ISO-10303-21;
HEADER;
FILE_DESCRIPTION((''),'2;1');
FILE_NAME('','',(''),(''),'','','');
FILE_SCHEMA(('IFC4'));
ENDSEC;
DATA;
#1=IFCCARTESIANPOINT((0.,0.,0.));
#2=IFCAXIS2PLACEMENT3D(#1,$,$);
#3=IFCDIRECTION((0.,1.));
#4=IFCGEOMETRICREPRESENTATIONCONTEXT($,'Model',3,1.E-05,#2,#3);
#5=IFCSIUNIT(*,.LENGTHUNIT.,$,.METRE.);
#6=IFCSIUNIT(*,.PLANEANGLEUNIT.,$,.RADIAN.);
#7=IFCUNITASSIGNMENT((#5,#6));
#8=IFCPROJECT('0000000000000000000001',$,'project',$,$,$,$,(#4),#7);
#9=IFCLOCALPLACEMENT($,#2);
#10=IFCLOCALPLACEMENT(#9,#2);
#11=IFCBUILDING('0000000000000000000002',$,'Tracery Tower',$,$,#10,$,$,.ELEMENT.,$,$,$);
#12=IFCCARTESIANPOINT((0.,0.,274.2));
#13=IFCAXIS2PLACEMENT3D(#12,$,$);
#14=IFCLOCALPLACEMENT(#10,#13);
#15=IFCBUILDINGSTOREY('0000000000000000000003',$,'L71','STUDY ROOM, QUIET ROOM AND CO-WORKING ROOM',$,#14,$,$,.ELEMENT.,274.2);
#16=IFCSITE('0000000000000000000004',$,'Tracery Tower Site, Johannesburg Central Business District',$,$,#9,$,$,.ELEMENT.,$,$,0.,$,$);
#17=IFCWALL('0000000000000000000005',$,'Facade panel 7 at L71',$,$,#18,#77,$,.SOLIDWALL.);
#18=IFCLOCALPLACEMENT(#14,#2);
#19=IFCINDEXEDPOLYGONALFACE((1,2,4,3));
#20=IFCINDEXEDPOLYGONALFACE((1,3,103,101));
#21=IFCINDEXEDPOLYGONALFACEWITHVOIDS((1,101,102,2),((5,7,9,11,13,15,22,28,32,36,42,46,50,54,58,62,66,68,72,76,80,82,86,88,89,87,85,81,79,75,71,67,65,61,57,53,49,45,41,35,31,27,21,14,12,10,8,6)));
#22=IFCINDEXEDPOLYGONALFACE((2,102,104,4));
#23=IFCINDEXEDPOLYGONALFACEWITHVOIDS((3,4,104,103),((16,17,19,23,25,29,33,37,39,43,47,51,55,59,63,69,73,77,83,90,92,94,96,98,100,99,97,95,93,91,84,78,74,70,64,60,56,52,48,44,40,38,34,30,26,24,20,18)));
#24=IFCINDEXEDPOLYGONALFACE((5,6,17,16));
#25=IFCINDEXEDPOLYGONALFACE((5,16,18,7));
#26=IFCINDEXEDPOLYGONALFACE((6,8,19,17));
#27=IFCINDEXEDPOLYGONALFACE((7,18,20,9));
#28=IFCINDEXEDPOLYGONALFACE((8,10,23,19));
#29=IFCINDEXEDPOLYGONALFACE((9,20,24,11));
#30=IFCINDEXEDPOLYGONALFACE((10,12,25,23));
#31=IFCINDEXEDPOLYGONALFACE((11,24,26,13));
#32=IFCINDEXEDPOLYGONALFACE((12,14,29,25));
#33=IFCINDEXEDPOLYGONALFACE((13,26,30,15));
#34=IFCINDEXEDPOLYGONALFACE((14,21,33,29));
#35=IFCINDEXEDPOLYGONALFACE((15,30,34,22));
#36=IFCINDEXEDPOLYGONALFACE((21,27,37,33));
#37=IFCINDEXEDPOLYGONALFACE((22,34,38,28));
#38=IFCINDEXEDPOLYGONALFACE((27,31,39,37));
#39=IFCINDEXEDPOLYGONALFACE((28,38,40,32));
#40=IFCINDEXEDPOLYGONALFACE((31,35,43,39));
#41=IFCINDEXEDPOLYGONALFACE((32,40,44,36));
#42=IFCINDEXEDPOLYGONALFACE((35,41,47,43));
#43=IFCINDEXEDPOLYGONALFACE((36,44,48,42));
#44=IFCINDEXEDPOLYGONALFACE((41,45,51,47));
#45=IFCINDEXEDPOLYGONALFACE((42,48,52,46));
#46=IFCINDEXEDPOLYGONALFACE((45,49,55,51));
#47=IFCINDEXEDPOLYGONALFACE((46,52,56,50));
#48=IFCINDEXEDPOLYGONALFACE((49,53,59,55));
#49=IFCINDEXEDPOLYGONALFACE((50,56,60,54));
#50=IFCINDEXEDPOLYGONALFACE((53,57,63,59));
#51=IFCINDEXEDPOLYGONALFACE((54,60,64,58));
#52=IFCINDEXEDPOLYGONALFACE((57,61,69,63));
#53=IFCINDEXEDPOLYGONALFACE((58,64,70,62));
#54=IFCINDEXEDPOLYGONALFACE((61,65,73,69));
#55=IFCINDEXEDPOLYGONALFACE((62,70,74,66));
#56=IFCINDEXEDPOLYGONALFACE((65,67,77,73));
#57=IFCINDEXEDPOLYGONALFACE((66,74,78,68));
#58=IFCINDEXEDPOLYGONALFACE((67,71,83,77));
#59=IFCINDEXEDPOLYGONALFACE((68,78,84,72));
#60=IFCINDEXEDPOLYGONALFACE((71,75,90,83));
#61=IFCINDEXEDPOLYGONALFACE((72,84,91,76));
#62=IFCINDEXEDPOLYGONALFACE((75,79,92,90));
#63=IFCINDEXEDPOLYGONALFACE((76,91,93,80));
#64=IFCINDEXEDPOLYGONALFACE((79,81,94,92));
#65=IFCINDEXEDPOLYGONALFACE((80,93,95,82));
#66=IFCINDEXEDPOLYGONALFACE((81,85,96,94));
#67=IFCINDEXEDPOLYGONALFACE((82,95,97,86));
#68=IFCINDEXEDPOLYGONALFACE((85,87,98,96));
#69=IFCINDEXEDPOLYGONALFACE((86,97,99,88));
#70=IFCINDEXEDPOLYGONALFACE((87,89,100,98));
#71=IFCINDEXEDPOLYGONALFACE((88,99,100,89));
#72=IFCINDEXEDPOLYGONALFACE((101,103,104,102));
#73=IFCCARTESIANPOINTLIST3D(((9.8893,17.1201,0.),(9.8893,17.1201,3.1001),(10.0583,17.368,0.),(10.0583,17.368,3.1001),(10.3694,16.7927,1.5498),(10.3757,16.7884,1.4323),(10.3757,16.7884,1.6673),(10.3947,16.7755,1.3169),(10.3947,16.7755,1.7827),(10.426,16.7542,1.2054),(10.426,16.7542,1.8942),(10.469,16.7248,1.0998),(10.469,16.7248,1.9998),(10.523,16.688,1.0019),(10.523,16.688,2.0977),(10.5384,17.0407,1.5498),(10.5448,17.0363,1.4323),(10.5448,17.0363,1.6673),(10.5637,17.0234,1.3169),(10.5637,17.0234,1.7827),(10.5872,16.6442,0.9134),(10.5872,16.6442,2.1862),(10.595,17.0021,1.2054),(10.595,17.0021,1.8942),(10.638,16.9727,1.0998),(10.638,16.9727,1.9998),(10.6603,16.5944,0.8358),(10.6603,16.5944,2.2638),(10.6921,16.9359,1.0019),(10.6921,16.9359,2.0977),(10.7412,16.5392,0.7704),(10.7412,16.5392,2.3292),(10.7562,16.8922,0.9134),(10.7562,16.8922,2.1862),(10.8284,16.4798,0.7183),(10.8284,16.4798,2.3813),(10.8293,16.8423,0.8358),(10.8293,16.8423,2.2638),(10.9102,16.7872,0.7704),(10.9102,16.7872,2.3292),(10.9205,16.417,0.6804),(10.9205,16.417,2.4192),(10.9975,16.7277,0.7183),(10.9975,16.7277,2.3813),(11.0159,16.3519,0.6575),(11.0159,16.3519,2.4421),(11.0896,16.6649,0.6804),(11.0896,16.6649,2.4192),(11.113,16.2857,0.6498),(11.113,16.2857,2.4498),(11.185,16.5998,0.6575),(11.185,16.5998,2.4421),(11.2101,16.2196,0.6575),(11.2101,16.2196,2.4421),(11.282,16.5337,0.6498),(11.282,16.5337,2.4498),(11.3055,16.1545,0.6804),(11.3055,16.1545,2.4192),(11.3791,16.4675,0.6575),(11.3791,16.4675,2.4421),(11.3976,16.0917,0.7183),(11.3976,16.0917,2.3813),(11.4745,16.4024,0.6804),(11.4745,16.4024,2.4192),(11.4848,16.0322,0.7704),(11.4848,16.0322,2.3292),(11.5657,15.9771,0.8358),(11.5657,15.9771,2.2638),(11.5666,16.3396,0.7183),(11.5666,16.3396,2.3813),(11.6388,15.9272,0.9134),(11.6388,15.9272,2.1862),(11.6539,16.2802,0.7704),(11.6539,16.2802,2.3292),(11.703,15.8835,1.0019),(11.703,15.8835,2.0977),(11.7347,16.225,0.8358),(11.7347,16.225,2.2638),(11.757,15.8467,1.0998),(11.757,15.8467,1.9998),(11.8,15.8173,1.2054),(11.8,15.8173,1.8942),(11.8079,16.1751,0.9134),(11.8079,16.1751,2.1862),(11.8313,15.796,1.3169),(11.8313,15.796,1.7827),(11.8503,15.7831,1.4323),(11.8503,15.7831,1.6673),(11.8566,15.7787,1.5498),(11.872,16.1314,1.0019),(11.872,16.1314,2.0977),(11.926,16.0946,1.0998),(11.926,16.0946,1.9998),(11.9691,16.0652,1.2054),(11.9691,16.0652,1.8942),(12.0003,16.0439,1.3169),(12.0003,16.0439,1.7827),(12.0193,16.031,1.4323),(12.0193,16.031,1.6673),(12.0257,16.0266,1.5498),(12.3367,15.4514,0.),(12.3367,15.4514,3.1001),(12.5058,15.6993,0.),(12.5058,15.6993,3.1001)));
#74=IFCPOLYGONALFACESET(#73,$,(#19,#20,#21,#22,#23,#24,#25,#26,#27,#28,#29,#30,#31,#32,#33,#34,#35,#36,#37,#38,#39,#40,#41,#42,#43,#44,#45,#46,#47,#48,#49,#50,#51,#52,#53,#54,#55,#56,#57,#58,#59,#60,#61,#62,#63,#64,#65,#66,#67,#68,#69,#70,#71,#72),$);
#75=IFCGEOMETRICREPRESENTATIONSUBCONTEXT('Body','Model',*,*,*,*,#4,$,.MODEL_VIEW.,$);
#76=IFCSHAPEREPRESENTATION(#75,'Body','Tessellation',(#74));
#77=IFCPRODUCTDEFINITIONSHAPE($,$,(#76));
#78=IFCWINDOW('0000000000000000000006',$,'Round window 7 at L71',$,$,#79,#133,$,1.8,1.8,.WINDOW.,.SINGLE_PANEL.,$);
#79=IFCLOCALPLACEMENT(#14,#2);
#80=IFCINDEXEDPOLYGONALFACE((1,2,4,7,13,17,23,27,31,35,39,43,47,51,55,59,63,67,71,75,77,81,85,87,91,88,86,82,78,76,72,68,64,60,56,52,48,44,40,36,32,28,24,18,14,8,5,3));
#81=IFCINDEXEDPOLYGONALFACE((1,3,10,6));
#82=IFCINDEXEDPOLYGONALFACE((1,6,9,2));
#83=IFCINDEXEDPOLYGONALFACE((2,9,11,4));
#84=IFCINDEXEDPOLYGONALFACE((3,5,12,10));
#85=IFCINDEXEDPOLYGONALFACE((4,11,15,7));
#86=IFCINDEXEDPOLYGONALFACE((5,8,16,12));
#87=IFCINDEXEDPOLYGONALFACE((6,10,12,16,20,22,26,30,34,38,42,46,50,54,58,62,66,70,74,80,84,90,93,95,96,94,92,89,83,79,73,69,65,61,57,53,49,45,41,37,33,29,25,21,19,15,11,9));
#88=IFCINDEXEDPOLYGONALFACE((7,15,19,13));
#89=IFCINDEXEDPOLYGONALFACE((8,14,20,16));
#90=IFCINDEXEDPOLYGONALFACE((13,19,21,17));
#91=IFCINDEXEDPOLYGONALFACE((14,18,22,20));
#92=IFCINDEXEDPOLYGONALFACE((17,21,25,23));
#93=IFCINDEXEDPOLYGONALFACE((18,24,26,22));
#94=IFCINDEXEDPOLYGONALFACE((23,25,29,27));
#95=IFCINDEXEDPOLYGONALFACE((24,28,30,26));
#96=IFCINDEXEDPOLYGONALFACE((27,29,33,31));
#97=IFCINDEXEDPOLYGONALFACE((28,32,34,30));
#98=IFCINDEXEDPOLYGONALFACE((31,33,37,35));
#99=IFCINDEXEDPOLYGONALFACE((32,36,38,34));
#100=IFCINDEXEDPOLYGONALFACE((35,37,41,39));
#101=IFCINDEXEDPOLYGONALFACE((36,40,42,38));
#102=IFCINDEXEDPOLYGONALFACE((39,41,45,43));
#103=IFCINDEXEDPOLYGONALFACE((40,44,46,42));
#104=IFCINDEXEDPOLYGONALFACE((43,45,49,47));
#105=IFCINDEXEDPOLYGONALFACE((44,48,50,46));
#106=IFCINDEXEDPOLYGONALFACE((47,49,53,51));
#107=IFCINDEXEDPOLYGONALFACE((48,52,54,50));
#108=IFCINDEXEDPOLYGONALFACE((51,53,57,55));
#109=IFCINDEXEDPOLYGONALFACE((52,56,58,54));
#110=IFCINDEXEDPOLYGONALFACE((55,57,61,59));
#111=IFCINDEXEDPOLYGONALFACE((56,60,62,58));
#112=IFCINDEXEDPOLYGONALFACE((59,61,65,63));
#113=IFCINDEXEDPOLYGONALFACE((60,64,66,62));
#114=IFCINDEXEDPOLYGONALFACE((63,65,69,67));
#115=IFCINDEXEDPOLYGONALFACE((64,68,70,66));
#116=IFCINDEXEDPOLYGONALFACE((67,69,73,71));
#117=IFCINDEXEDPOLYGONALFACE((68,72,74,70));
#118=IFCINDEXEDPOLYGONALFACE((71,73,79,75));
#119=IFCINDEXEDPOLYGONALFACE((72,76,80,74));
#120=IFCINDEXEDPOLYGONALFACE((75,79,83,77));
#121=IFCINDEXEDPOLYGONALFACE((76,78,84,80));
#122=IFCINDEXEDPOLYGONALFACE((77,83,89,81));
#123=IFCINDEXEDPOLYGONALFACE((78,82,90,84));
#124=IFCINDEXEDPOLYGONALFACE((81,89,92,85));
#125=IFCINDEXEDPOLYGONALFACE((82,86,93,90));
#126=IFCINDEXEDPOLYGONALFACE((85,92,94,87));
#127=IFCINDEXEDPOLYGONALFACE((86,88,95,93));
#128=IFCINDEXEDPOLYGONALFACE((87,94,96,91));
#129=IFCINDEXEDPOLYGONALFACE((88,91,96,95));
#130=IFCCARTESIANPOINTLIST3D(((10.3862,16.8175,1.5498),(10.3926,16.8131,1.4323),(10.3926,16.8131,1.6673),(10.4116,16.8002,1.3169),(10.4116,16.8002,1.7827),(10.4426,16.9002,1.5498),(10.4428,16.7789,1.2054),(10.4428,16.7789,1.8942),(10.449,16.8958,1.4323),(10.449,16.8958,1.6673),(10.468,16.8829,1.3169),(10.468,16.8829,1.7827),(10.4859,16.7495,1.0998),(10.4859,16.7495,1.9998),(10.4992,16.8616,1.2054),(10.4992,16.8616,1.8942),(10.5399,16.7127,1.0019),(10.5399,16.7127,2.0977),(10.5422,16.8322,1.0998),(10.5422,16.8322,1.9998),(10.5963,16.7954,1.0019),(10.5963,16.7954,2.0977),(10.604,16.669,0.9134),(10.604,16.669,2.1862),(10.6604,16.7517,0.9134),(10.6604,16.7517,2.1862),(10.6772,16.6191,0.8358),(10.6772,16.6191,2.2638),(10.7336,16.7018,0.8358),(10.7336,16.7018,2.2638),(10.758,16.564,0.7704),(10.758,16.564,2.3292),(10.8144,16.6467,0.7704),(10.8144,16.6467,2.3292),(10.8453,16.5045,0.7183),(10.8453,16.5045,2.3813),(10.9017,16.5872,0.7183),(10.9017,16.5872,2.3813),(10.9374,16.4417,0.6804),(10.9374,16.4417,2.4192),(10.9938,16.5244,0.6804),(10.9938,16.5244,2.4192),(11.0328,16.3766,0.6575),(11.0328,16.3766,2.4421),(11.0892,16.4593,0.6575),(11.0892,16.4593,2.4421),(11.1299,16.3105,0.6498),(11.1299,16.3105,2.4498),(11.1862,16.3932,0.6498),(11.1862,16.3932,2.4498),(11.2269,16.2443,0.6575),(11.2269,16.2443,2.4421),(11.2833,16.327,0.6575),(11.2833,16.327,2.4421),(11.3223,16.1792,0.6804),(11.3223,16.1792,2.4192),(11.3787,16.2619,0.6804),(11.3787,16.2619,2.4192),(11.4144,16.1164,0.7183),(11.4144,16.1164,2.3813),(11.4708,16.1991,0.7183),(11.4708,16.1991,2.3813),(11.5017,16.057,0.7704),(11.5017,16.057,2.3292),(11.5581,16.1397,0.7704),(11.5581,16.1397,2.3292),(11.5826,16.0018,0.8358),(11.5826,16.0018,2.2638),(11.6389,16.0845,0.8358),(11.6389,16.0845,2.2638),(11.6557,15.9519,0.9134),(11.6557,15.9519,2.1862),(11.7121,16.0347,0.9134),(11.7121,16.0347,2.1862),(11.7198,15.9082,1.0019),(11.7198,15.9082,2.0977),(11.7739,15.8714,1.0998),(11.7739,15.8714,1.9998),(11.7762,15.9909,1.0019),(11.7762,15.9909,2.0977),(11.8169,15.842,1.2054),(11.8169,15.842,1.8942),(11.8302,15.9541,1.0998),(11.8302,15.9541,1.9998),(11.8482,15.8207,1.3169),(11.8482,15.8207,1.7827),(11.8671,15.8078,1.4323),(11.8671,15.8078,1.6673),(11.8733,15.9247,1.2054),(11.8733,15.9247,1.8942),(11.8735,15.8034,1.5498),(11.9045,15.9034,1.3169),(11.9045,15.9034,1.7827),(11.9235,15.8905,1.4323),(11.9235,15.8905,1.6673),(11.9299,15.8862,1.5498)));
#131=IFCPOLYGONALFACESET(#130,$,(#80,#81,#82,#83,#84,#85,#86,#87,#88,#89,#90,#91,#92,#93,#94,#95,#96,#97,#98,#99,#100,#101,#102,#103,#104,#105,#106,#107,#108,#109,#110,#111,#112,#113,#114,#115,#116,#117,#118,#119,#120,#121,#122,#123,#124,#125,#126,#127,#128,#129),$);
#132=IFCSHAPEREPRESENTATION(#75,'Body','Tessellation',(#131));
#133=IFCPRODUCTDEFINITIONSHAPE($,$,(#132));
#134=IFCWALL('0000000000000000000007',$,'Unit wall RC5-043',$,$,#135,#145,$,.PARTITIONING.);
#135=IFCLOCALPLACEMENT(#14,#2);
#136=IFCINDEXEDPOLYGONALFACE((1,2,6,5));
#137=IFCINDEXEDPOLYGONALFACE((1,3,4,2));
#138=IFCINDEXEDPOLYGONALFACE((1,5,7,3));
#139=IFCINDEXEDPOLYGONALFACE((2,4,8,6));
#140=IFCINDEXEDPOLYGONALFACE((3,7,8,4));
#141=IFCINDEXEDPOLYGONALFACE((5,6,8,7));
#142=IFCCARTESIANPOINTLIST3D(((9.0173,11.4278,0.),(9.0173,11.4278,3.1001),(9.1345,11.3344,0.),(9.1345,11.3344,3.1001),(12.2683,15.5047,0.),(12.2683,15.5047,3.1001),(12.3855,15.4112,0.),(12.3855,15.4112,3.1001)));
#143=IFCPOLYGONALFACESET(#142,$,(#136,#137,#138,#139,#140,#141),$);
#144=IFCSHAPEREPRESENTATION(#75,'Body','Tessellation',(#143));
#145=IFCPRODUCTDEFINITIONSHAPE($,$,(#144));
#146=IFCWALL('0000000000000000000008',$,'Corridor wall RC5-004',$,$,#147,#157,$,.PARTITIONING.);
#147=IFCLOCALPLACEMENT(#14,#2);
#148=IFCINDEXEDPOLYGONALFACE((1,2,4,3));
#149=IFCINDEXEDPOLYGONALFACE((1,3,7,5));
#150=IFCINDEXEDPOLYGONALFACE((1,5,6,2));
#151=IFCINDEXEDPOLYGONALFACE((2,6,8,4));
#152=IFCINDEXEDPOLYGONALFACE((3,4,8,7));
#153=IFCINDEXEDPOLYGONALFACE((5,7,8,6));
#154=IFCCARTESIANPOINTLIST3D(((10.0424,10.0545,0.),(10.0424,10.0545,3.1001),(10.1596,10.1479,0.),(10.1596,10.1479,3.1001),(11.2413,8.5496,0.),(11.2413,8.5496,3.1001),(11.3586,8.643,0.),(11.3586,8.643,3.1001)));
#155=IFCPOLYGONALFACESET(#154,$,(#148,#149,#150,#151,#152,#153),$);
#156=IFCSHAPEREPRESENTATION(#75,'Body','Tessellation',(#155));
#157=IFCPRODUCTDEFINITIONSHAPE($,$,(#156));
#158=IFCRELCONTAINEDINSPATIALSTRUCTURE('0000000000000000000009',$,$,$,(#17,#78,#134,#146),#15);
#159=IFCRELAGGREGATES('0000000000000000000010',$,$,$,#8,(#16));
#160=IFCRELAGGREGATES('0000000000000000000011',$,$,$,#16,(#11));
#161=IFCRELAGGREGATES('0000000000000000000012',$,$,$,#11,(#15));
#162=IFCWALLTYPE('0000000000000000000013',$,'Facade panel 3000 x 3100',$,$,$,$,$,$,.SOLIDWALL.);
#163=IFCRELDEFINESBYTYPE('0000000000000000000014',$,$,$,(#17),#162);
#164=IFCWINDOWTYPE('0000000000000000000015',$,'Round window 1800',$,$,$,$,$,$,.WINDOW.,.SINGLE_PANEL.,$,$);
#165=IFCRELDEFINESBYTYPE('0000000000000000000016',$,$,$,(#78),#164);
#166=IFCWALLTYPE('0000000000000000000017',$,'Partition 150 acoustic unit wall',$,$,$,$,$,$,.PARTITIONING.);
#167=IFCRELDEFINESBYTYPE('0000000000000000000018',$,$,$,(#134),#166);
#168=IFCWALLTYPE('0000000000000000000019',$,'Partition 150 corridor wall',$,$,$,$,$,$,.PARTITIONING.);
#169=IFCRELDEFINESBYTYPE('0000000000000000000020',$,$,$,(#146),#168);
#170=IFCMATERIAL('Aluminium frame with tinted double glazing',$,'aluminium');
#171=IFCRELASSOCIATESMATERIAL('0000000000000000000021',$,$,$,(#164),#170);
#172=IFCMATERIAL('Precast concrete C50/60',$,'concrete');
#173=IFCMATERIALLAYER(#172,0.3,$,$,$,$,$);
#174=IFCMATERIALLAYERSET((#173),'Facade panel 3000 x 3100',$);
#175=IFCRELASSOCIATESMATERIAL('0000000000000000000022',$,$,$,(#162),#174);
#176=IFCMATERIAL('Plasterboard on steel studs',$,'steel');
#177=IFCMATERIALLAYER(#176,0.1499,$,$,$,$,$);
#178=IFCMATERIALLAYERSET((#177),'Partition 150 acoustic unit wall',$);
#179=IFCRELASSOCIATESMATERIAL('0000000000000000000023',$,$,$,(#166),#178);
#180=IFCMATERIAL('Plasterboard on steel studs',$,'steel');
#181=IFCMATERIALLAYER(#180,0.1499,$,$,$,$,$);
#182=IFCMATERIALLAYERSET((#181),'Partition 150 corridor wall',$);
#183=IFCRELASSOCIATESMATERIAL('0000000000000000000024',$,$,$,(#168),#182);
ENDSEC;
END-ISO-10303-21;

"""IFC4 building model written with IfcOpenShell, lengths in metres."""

from ifc_helpers import new_model, si_unit, direction, frame, frame_2d, origin, origin_2d, place, context, subcontext, project, spatial, rectangle, circle, extrude, material, layer, layer_set, type_object, element, fill, save


model = new_model("IFC4")

# Units and contexts
model_context = context("Model", 3, precision=1e-05, world=origin(), true_north=direction((0.0, 1.0)))
body_context = subcontext(model_context, "Body", "Model", "MODEL_VIEW")
ifc_project = project(units=[si_unit("LENGTHUNIT", "METRE"), si_unit("PLANEANGLEUNIT", "RADIAN")], contexts=[model_context])

# Site, building, storey
site_placement = place(None, origin())
site = spatial("IfcSite", under=ifc_project, at=site_placement, Name="Tracery Tower Site, Johannesburg Central Business District", CompositionType="ELEMENT", RefElevation=0.0)
building_placement = place(site_placement, origin())
building = spatial("IfcBuilding", under=site, at=building_placement, Name="Tracery Tower", CompositionType="ELEMENT")
storey_placement = place(building_placement, frame((0.0, 0.0, 274.2)))
storey = spatial("IfcBuildingStorey", under=building, at=storey_placement, Name="L71", Description="STUDY ROOM, QUIET ROOM AND CO-WORKING ROOM", CompositionType="ELEMENT", Elevation=274.2)

# Wall, opening, window
ifc_material_1 = material(Name="Aluminium frame with tinted double glazing", Category="aluminium")
window_type = type_object("IfcWindowType", Name="Round window 1800", PartitioningType="SINGLE_PANEL", PredefinedType="WINDOW", material=ifc_material_1)
ifc_material_2 = material(Name="Precast concrete C50/60", Category="concrete")
ifc_layer_1 = layer(ifc_material_2, 0.3)
ifc_layer_set_1 = layer_set([ifc_layer_1], Name="Facade panel 3000 x 3100")
wall_type_1 = type_object("IfcWallType", Name="Facade panel 3000 x 3100", PredefinedType="SOLIDWALL", material=ifc_layer_set_1)
wall_1_placement = place(storey_placement, frame((12.4211, 15.5754, 0.0), z_axis=(0.0, 0.0, 1.0), x_axis=(-0.826236, 0.563324, 0.0)))
wall_1 = element("IfcWall", 1, at=wall_1_placement, inside=storey, type_object=wall_type_1, Name="Facade panel 7 at L71", PredefinedType="SOLIDWALL", context=body_context, shape_type="SweptSolid", body=[
    extrude(rectangle(XDim=2.9622, YDim=0.3, at=frame_2d((1.481, 0.0))), origin(), (0.0, 0.0, 1.0), 3.1001),
])
opening_1_placement = place(wall_1_placement, frame((1.481, 0.0, 1.5498)))
opening_1 = element("IfcOpeningElement", 2, at=opening_1_placement, cuts=wall_1, PredefinedType="OPENING", context=body_context, shape_type="SweptSolid", body=[
    extrude(circle(Radius=0.9, at=origin_2d()), frame((0.0, 0.1599, 0.0), z_axis=(0.0, -1.0, 0.0), x_axis=(1.0, 0.0, 0.0)), (0.0, 0.0, 1.0), 0.3201),
])
window_1_placement = place(opening_1_placement, origin())
window_1 = element("IfcWindow", 3, at=window_1_placement, inside=storey, type_object=window_type, Name="Round window 7 at L71", OverallHeight=1.8, OverallWidth=1.8, PartitioningType="SINGLE_PANEL", PredefinedType="WINDOW", context=body_context, shape_type="SweptSolid", body=[
    extrude(circle(Radius=0.9, at=origin_2d()), frame((0.0, 0.1201, 0.0), z_axis=(0.0, -1.0, 0.0), x_axis=(1.0, 0.0, 0.0)), (0.0, 0.0, 1.0), 0.1001),
])
fill(opening_1, window_1)

# Walls
ifc_material_3 = material(Name="Plasterboard on steel studs", Category="steel")
ifc_layer_2 = layer(ifc_material_3, 0.1499)
ifc_layer_set_2 = layer_set([ifc_layer_2], Name="Partition 150 acoustic unit wall")
wall_type_2 = type_object("IfcWallType", Name="Partition 150 acoustic unit wall", PredefinedType="PARTITIONING", material=ifc_layer_set_2)
wall_2_placement = place(storey_placement, frame((9.0759, 11.3811, 0.0), z_axis=(0.0, 0.0, 1.0), x_axis=(0.623461, 0.781854, 0.0)))
element("IfcWall", 4, at=wall_2_placement, inside=storey, type_object=wall_type_2, Name="Unit wall RC5-043", PredefinedType="PARTITIONING", context=body_context, shape_type="SweptSolid", body=[
    extrude(rectangle(XDim=5.2144, YDim=0.1499, at=frame_2d((2.6072, 0.0))), origin(), (0.0, 0.0, 1.0), 3.1001),
])
ifc_material_4 = material(Name="Plasterboard on steel studs", Category="steel")
ifc_layer_3 = layer(ifc_material_4, 0.1499)
ifc_layer_set_3 = layer_set([ifc_layer_3], Name="Partition 150 corridor wall")
wall_type_3 = type_object("IfcWallType", Name="Partition 150 corridor wall", PredefinedType="PARTITIONING", material=ifc_layer_set_3)
wall_3_placement = place(storey_placement, frame((10.1011, 10.1011, 0.0), z_axis=(0.0, 0.0, 1.0), x_axis=(0.623131, -0.782118, 0.0)))
element("IfcWall", 5, at=wall_3_placement, inside=storey, type_object=wall_type_3, Name="Corridor wall RC5-004", PredefinedType="PARTITIONING", context=body_context, shape_type="SweptSolid", body=[
    extrude(rectangle(XDim=1.9241, YDim=0.1499, at=frame_2d((0.9619, 0.0))), origin(), (0.0, 0.0, 1.0), 3.1001),
])

save(model, "model.ifc")
